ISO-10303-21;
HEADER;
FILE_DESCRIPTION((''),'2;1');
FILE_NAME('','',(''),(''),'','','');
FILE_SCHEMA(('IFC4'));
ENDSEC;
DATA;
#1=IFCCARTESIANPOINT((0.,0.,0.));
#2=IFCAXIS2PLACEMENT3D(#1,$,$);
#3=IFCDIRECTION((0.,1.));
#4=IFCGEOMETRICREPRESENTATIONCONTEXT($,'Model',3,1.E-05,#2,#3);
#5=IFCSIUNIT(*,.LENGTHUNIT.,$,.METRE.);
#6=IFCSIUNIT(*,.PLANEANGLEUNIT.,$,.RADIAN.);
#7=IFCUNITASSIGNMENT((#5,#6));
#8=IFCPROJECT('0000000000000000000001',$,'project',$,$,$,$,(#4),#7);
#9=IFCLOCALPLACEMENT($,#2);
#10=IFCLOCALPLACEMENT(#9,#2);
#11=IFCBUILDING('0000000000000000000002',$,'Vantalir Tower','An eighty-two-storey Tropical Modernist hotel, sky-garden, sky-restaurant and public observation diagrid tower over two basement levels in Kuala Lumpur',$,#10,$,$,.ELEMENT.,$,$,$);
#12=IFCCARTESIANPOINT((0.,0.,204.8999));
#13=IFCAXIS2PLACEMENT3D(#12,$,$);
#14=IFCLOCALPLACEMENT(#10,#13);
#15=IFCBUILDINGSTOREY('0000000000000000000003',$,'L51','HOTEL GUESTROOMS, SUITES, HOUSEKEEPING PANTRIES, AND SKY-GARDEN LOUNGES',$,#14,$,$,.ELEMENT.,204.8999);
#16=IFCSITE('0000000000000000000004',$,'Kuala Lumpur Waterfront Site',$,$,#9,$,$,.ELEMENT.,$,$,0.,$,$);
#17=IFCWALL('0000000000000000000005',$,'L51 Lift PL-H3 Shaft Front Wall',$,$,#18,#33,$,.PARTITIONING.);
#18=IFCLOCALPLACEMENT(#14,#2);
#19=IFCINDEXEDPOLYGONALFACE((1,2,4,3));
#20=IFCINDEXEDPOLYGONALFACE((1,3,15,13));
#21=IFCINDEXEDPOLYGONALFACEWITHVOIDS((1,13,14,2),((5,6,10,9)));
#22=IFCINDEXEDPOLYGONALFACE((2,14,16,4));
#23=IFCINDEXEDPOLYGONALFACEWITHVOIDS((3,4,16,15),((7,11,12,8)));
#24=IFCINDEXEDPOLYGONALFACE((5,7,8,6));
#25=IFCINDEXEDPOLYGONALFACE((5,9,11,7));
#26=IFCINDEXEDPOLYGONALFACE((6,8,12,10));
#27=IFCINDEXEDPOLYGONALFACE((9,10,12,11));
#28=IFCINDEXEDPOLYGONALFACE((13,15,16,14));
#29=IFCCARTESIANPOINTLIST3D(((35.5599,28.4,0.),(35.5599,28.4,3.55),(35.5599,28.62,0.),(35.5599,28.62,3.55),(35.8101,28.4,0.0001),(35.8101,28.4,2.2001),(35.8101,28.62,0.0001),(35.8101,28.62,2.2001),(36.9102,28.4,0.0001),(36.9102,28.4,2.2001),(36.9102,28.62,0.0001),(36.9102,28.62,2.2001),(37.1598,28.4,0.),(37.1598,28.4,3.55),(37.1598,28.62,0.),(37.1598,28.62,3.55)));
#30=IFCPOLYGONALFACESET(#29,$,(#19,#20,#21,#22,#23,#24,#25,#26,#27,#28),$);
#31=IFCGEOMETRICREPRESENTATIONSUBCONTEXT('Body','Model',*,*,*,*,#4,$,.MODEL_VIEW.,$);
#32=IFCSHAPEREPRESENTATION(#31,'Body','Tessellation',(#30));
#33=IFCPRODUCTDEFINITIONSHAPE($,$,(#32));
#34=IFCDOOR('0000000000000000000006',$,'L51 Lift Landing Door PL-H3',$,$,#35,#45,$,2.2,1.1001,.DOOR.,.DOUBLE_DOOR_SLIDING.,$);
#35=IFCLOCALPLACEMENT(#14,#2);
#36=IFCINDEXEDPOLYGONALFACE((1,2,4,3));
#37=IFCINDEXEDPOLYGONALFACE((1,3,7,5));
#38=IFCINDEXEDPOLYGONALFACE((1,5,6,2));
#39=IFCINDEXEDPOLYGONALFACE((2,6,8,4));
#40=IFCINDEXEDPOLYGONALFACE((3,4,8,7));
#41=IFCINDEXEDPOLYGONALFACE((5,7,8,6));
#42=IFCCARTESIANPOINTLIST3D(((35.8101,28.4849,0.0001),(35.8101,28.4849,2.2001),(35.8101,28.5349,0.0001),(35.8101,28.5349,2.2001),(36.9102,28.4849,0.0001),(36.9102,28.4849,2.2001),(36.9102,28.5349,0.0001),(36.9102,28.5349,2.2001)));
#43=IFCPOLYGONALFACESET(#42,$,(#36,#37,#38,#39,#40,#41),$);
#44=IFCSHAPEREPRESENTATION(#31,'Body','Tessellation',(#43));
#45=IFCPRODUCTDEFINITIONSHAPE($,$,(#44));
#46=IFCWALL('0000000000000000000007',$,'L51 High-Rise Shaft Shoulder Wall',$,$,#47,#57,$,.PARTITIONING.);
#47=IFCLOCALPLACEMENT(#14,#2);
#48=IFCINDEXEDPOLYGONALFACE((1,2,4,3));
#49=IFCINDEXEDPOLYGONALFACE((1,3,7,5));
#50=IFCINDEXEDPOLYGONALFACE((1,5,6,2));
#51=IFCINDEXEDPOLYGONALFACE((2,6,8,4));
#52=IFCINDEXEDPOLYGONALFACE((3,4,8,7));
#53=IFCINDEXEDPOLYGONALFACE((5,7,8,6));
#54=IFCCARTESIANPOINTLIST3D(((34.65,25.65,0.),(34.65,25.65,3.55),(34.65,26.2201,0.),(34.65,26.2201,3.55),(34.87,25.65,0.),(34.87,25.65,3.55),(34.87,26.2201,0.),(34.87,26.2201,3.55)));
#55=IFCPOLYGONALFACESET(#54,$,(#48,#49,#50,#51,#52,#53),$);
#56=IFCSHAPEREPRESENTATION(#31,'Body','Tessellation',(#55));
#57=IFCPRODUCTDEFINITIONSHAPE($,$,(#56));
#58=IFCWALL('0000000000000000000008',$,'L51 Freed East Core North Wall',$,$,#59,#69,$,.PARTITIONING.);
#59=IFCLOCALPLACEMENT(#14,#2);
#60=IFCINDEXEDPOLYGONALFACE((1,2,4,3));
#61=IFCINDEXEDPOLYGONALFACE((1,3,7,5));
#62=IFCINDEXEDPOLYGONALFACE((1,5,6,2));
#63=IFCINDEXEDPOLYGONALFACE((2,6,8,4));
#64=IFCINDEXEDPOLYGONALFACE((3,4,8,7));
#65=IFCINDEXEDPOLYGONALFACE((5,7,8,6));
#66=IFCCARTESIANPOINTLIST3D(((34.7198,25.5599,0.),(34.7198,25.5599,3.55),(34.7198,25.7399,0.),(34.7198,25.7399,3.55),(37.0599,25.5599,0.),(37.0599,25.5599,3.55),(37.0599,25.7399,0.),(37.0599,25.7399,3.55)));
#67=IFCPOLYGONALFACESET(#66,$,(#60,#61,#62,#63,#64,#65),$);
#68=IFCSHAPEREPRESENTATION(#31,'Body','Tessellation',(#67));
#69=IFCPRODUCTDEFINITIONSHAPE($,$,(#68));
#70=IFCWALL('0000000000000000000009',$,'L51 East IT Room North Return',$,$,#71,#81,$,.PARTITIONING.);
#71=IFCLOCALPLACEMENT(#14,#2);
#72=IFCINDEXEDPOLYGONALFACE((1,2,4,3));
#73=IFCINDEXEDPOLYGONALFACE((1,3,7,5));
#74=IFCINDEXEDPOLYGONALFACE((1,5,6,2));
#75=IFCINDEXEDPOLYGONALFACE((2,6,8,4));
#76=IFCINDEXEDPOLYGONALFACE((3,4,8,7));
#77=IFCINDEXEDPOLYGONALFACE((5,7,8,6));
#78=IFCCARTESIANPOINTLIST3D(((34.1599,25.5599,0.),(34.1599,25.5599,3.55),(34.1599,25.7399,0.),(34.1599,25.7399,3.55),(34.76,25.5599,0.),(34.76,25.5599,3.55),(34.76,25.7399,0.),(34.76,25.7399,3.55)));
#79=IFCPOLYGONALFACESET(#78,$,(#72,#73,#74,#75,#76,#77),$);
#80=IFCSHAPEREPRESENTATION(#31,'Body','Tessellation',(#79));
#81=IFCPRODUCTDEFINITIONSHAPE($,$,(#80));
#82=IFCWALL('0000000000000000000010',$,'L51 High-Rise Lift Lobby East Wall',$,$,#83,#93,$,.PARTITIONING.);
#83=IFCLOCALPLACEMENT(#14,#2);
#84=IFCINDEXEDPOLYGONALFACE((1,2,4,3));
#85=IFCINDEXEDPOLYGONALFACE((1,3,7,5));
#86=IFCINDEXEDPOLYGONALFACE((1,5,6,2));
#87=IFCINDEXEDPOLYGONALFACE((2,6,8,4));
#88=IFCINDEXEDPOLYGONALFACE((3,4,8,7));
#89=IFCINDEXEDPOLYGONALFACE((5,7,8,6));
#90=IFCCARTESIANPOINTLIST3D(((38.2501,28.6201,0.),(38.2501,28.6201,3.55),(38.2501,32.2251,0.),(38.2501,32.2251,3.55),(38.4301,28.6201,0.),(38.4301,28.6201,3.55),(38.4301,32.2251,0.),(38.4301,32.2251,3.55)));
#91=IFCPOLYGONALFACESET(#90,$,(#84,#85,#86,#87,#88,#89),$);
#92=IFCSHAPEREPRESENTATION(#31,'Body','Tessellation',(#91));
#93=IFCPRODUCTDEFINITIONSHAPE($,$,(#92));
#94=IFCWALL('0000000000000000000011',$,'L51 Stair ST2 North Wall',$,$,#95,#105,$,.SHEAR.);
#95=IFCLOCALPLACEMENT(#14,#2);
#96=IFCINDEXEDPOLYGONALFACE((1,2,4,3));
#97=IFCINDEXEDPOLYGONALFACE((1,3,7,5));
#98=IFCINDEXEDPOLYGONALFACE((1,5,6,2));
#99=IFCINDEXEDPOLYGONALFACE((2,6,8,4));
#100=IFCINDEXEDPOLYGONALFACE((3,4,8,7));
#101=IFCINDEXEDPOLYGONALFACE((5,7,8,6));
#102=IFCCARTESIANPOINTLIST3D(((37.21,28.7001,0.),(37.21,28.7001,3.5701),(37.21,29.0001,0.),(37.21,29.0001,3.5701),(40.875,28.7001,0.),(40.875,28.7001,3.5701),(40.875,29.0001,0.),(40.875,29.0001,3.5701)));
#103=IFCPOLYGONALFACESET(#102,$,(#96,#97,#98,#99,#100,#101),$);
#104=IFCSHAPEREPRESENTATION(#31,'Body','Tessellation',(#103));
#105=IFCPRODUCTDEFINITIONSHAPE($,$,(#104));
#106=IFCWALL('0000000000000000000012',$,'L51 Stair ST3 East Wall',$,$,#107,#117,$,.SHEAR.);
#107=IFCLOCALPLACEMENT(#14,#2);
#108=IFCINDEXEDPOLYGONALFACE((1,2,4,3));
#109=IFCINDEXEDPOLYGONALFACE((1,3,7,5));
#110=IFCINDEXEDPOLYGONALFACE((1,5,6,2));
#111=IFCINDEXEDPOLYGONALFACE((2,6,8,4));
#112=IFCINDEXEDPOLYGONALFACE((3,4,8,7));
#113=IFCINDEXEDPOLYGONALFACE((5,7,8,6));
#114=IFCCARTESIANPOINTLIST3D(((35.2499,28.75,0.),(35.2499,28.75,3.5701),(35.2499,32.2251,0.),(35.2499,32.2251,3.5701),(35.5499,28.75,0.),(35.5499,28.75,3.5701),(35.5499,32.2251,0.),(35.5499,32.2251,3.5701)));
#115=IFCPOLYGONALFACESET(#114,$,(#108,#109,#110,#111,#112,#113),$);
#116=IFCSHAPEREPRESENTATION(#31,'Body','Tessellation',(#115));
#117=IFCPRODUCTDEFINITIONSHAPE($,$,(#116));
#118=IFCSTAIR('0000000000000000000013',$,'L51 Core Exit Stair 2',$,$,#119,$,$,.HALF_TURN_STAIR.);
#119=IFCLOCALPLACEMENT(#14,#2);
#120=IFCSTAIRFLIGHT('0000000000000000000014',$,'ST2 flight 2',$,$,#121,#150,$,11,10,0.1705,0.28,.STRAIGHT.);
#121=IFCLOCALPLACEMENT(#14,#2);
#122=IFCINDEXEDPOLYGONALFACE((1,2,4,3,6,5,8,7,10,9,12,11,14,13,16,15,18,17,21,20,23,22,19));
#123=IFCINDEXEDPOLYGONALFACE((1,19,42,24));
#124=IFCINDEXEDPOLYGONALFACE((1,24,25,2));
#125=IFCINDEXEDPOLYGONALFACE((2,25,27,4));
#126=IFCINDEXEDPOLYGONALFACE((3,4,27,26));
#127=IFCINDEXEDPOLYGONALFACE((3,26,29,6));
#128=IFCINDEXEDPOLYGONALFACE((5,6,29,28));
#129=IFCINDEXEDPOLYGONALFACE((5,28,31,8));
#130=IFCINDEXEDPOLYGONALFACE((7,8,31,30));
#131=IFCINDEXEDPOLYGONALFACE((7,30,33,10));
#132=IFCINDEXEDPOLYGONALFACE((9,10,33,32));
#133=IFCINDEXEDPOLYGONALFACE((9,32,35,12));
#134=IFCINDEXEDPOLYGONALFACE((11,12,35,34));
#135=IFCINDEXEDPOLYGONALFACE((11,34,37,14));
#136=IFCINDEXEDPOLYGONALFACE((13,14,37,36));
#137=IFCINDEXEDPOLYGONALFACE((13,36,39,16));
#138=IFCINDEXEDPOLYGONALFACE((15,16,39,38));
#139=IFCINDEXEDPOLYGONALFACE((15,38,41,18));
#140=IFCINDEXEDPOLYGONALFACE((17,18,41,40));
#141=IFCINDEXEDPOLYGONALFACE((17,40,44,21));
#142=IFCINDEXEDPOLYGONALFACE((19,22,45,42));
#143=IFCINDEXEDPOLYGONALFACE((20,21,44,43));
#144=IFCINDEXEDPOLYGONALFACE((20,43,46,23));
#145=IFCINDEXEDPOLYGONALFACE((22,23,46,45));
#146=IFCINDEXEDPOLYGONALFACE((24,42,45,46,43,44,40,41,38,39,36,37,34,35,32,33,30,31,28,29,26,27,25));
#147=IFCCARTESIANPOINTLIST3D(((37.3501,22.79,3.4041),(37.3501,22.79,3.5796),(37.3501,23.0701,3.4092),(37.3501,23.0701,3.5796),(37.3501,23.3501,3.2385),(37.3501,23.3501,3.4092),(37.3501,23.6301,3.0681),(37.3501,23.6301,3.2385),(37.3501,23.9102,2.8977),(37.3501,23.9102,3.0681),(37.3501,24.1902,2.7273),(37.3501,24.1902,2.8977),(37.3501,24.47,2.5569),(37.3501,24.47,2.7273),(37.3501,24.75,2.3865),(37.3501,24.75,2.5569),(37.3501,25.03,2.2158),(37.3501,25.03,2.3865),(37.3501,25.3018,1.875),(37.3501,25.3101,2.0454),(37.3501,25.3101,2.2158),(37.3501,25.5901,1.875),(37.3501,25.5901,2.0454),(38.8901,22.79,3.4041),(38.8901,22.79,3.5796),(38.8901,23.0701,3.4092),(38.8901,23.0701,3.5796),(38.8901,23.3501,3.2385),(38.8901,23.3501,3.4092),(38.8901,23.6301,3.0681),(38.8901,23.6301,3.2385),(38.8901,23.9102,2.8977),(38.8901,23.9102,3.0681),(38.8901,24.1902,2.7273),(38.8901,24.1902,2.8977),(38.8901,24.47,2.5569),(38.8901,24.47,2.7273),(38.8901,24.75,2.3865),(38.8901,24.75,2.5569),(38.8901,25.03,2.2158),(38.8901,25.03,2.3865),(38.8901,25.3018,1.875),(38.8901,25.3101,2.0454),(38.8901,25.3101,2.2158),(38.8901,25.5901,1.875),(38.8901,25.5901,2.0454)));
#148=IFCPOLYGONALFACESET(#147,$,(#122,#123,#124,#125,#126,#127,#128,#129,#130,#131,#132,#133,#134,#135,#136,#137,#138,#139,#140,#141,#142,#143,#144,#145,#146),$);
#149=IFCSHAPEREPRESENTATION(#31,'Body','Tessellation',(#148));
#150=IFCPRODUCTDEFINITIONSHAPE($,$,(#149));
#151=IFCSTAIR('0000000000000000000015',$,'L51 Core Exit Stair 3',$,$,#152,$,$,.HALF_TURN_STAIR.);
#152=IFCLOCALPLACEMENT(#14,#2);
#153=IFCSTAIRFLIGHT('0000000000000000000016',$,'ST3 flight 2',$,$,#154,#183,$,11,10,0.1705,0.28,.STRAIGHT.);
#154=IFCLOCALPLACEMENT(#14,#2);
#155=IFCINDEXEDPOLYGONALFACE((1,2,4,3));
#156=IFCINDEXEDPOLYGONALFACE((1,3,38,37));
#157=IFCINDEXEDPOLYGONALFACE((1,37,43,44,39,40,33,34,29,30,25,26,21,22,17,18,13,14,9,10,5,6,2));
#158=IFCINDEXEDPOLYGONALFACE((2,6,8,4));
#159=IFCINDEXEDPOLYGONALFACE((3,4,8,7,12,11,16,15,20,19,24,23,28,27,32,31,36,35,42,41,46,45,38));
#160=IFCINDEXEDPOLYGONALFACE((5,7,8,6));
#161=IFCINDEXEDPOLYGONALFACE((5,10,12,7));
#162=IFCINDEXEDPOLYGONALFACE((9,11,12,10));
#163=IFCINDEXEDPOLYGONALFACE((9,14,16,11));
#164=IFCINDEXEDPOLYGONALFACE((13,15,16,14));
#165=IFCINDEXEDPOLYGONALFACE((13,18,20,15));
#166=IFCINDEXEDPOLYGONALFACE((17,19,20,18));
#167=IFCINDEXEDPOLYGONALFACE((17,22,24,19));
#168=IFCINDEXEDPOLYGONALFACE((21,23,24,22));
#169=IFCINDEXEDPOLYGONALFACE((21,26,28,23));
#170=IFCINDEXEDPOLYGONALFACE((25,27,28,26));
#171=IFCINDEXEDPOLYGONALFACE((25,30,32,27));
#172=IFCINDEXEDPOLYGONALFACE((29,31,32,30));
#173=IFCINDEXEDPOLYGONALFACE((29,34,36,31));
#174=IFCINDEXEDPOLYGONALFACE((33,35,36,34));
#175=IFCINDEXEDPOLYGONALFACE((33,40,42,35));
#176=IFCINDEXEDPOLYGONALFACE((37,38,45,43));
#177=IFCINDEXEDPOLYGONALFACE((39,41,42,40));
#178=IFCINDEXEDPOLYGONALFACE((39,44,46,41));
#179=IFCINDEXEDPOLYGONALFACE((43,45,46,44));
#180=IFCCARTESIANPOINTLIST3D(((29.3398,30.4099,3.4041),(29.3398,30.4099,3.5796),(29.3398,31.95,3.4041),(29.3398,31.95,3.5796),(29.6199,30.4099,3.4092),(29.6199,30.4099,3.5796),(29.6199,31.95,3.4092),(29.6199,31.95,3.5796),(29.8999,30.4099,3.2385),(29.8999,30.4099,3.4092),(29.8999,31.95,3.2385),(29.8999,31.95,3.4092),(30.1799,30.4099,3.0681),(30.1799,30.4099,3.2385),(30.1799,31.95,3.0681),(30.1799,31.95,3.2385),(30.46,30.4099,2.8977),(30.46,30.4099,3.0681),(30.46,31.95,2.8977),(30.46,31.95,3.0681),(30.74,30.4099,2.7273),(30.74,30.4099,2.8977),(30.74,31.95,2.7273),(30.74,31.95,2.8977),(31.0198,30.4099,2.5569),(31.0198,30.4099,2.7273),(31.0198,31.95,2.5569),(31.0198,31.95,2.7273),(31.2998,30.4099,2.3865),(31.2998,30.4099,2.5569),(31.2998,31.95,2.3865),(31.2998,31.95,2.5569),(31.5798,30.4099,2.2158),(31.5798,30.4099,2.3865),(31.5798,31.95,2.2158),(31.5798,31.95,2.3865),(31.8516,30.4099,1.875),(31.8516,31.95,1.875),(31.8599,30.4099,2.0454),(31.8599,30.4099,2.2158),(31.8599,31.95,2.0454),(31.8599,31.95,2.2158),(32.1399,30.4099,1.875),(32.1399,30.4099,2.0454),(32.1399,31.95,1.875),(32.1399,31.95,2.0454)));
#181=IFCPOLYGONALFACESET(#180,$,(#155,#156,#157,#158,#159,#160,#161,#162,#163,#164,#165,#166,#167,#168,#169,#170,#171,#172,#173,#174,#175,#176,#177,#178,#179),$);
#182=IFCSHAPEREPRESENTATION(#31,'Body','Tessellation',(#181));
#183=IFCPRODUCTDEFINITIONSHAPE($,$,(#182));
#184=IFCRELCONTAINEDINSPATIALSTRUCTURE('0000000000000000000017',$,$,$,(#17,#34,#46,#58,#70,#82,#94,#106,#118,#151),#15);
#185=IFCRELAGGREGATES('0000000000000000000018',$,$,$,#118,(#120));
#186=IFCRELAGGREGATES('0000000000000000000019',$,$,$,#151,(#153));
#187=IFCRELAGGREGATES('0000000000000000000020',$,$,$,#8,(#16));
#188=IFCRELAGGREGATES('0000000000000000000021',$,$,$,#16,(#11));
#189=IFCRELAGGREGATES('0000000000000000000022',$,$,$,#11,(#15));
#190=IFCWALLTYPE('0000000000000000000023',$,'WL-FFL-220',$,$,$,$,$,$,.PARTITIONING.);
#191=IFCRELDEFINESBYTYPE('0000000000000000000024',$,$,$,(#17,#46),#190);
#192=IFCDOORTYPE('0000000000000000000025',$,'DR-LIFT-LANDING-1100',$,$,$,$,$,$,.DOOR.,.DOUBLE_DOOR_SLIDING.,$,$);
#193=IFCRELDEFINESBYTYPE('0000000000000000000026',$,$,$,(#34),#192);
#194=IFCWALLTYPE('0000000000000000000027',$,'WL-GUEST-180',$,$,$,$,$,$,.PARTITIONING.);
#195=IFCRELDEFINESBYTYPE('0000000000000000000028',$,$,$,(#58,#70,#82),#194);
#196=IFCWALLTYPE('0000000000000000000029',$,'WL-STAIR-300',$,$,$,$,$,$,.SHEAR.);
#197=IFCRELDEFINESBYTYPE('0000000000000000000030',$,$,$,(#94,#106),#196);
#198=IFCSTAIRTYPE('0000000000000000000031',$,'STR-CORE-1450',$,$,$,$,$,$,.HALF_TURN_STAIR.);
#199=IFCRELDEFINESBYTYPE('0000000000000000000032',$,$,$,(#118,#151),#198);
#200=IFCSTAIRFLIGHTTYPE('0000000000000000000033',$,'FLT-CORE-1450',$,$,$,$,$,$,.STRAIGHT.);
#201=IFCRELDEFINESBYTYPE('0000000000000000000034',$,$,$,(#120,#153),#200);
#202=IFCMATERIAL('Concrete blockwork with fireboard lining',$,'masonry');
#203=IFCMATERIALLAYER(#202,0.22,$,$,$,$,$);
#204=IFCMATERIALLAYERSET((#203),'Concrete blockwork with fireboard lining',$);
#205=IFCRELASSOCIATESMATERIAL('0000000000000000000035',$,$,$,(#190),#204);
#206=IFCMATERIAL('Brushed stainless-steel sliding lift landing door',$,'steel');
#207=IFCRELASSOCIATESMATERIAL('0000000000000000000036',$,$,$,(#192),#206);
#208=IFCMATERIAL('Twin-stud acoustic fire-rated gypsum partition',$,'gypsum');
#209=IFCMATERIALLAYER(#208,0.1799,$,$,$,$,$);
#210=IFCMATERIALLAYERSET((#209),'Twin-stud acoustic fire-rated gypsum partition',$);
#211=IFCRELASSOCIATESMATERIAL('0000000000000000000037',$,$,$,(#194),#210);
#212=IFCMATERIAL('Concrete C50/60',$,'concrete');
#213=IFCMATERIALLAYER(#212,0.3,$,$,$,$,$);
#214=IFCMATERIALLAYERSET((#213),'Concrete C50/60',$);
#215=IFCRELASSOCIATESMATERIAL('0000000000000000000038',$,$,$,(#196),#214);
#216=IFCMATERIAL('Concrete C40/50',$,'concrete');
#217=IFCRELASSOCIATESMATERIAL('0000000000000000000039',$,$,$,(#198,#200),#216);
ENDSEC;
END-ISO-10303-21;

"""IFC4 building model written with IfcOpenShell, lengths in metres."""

from ifc_helpers import new_model, si_unit, direction, frame, frame_2d, origin, place, context, subcontext, project, spatial, polyline, rectangle, outline, extrude, material, layer, layer_set, type_object, element, fill, aggregate, save


model = new_model("IFC4")

# Units and contexts
model_context = context("Model", 3, precision=1e-05, world=origin(), true_north=direction((0.0, 1.0)))
body_context = subcontext(model_context, "Body", "Model", "MODEL_VIEW")
ifc_project = project(units=[si_unit("LENGTHUNIT", "METRE"), si_unit("PLANEANGLEUNIT", "RADIAN")], contexts=[model_context])

# Site, building, storey
site_placement = place(None, origin())
site = spatial("IfcSite", under=ifc_project, at=site_placement, Name="Kuala Lumpur Waterfront Site", CompositionType="ELEMENT", RefElevation=0.0)
building_placement = place(site_placement, origin())
building = spatial("IfcBuilding", under=site, at=building_placement, Name="Vantalir Tower", Description="An eighty-two-storey Tropical Modernist hotel, sky-garden, sky-restaurant and public observation diagrid tower over two basement levels in Kuala Lumpur", CompositionType="ELEMENT")
storey_placement = place(building_placement, frame((0.0, 0.0, 204.8999)))
storey = spatial("IfcBuildingStorey", under=building, at=storey_placement, Name="L51", Description="HOTEL GUESTROOMS, SUITES, HOUSEKEEPING PANTRIES, AND SKY-GARDEN LOUNGES", CompositionType="ELEMENT", Elevation=204.8999)

# Shared definitions
ifc_material_1 = material(Name="Concrete C50/60", Category="concrete")

# Shared definitions
ifc_material_2 = material(Name="Concrete blockwork with fireboard lining", Category="masonry")
ifc_layer_1 = layer(ifc_material_2, 0.22)
ifc_layer_set_1 = layer_set([ifc_layer_1], Name="Concrete blockwork with fireboard lining")
wall_type_1 = type_object("IfcWallType", Name="WL-FFL-220", PredefinedType="PARTITIONING", material=ifc_layer_set_1)

# Wall, opening, door
ifc_material_3 = material(Name="Brushed stainless-steel sliding lift landing door", Category="steel")
door_type = type_object("IfcDoorType", Name="DR-LIFT-LANDING-1100", OperationType="DOUBLE_DOOR_SLIDING", PredefinedType="DOOR", material=ifc_material_3)
wall_1_placement = place(storey_placement, frame((35.5601, 28.51, 0.0), z_axis=(0.0, 0.0, 1.0), x_axis=(1.0, 0.0, 0.0)))
wall_1 = element("IfcWall", 1, at=wall_1_placement, inside=storey, type_object=wall_type_1, Name="L51 Lift PL-H3 Shaft Front Wall", PredefinedType="PARTITIONING", context=body_context, shape_type="SweptSolid", body=[
    extrude(rectangle(XDim=1.5999, YDim=0.22, at=frame_2d((0.7998, 0.0))), origin(), (0.0, 0.0, 1.0), 3.55),
])
opening_1_placement = place(wall_1_placement, frame((0.25, 0.0, 0.0)))
opening_1 = element("IfcOpeningElement", 2, at=opening_1_placement, cuts=wall_1, PredefinedType="OPENING", context=body_context, shape_type="SweptSolid", body=[
    extrude(rectangle(XDim=1.1001, YDim=2.2, at=frame_2d((0.55, 1.1001))), frame((0.0, 0.1199, 0.0), z_axis=(0.0, -1.0, 0.0), x_axis=(1.0, 0.0, 0.0)), (0.0, 0.0, 1.0), 0.24),
])
door_1_placement = place(opening_1_placement, origin())
door_1 = element("IfcDoor", 3, at=door_1_placement, inside=storey, type_object=door_type, Name="L51 Lift Landing Door PL-H3", OperationType="DOUBLE_DOOR_SLIDING", OverallHeight=2.2, OverallWidth=1.1001, PredefinedType="DOOR", context=body_context, shape_type="SweptSolid", body=[
    extrude(rectangle(XDim=1.1001, YDim=2.2, at=frame_2d((0.55, 1.1001))), frame((0.0, 0.0249, 0.0), z_axis=(0.0, -1.0, 0.0), x_axis=(1.0, 0.0, 0.0)), (0.0, 0.0, 1.0), 0.05),
])
fill(opening_1, door_1)

# Walls
wall_2_placement = place(storey_placement, frame((34.76, 25.6499, 0.0), z_axis=(0.0, 0.0, 1.0), x_axis=(0.0, 1.0, 0.0)))
element("IfcWall", 4, at=wall_2_placement, inside=storey, type_object=wall_type_1, Name="L51 High-Rise Shaft Shoulder Wall", PredefinedType="PARTITIONING", context=body_context, shape_type="SweptSolid", body=[
    extrude(rectangle(XDim=0.5701, YDim=0.22, at=frame_2d((0.2852, 0.0))), origin(), (0.0, 0.0, 1.0), 3.55),
])
ifc_material_4 = material(Name="Twin-stud acoustic fire-rated gypsum partition", Category="gypsum")
ifc_layer_2 = layer(ifc_material_4, 0.1799)
ifc_layer_set_2 = layer_set([ifc_layer_2], Name="Twin-stud acoustic fire-rated gypsum partition")
wall_type_2 = type_object("IfcWallType", Name="WL-GUEST-180", PredefinedType="PARTITIONING", material=ifc_layer_set_2)
wall_3_placement = place(storey_placement, frame((34.72, 25.6499, 0.0), z_axis=(0.0, 0.0, 1.0), x_axis=(1.0, 0.0, 0.0)))
element("IfcWall", 5, at=wall_3_placement, inside=storey, type_object=wall_type_2, Name="L51 Freed East Core North Wall", PredefinedType="PARTITIONING", context=body_context, shape_type="SweptSolid", body=[
    extrude(rectangle(XDim=2.3401, YDim=0.1799, at=frame_2d((1.1699, 0.0))), origin(), (0.0, 0.0, 1.0), 3.55),
])
wall_4_placement = place(storey_placement, frame((34.1599, 25.6499, 0.0), z_axis=(0.0, 0.0, 1.0), x_axis=(1.0, 0.0, 0.0)))
element("IfcWall", 6, at=wall_4_placement, inside=storey, type_object=wall_type_2, Name="L51 East IT Room North Return", PredefinedType="PARTITIONING", context=body_context, shape_type="SweptSolid", body=[
    extrude(rectangle(XDim=0.6001, YDim=0.1799, at=frame_2d((0.3, 0.0))), origin(), (0.0, 0.0, 1.0), 3.55),
])
wall_5_placement = place(storey_placement, frame((38.3401, 28.6201, 0.0), z_axis=(0.0, 0.0, 1.0), x_axis=(0.0, 1.0, 0.0)))
element("IfcWall", 7, at=wall_5_placement, inside=storey, type_object=wall_type_2, Name="L51 High-Rise Lift Lobby East Wall", PredefinedType="PARTITIONING", context=body_context, shape_type="SweptSolid", body=[
    extrude(rectangle(XDim=3.605, YDim=0.1799, at=frame_2d((1.8025, 0.0))), origin(), (0.0, 0.0, 1.0), 3.55),
])
ifc_layer_3 = layer(ifc_material_1, 0.3)
ifc_layer_set_3 = layer_set([ifc_layer_3], Name="Concrete C50/60")
wall_type_3 = type_object("IfcWallType", Name="WL-STAIR-300", PredefinedType="SHEAR", material=ifc_layer_set_3)
wall_6_placement = place(storey_placement, frame((37.21, 28.8501, 0.0), z_axis=(0.0, 0.0, 1.0), x_axis=(1.0, 0.0, 0.0)))
element("IfcWall", 8, at=wall_6_placement, inside=storey, type_object=wall_type_3, Name="L51 Stair ST2 North Wall", PredefinedType="SHEAR", context=body_context, shape_type="SweptSolid", body=[
    extrude(rectangle(XDim=3.665, YDim=0.3, at=frame_2d((1.8325, 0.0))), origin(), (0.0, 0.0, 1.0), 3.5701),
])
wall_7_placement = place(storey_placement, frame((35.3999, 28.75, 0.0), z_axis=(0.0, 0.0, 1.0), x_axis=(0.0, 1.0, 0.0)))
element("IfcWall", 9, at=wall_7_placement, inside=storey, type_object=wall_type_3, Name="L51 Stair ST3 East Wall", PredefinedType="SHEAR", context=body_context, shape_type="SweptSolid", body=[
    extrude(rectangle(XDim=3.4751, YDim=0.3, at=frame_2d((1.7375, 0.0))), origin(), (0.0, 0.0, 1.0), 3.5701),
])

# Stairs, stair flights
ifc_material_5 = material(Name="Concrete C40/50", Category="concrete")
stair_type = type_object("IfcStairType", Name="STR-CORE-1450", PredefinedType="HALF_TURN_STAIR", material=ifc_material_5)
stair_1_placement = place(storey_placement, origin())
stair_1 = element("IfcStair", 10, at=stair_1_placement, inside=storey, type_object=stair_type, Name="L51 Core Exit Stair 2", PredefinedType="HALF_TURN_STAIR")
stair_flight_type = type_object("IfcStairFlightType", Name="FLT-CORE-1450", PredefinedType="STRAIGHT", material=ifc_material_5)
stair_flight_1_placement = place(storey_placement, frame((38.1201, 25.5901, 1.875), z_axis=(0.0, 0.0, 1.0), x_axis=(0.0, -1.0, 0.0)))
stair_flight_1 = element("IfcStairFlight", 11, at=stair_flight_1_placement, type_object=stair_flight_type, Name="ST2 flight 2", NumberOfRisers=11, NumberOfTreads=10, PredefinedType="STRAIGHT", RiserHeight=0.1705, TreadLength=0.28, context=body_context, shape_type="SweptSolid", body=[
    extrude(outline(polyline([(0.0, 0.0), (0.0, 0.1704), (0.28, 0.1704), (0.28, 0.3408), (0.5601, 0.3408), (0.5601, 0.5115), (0.8401, 0.5115), (0.8401, 0.6819), (1.1201, 0.6819), (1.1201, 0.8523), (1.3999, 0.8523), (1.3999, 1.0227), (1.6799, 1.0227), (1.6799, 1.1931), (1.96, 1.1931), (1.96, 1.3635), (2.24, 1.3635), (2.24, 1.5342), (2.52, 1.5342), (2.52, 1.7046), (2.8, 1.7046), (2.8, 1.875), (2.8, 1.5291), (0.2883, 0.0), (0.0, 0.0)])), frame((0.0, 0.77, 0.0), z_axis=(0.0, -1.0, 0.0), x_axis=(1.0, 0.0, 0.0)), (0.0, 0.0, 1.0), 1.54),
])
aggregate(stair_1, [stair_flight_1])
stair_2_placement = place(storey_placement, origin())
stair_2 = element("IfcStair", 12, at=stair_2_placement, inside=storey, type_object=stair_type, Name="L51 Core Exit Stair 3", PredefinedType="HALF_TURN_STAIR")
stair_flight_2_placement = place(storey_placement, frame((32.1399, 31.1799, 1.875), z_axis=(0.0, 0.0, 1.0), x_axis=(-1.0, 0.0, 0.0)))
stair_flight_2 = element("IfcStairFlight", 13, at=stair_flight_2_placement, type_object=stair_flight_type, Name="ST3 flight 2", NumberOfRisers=11, NumberOfTreads=10, PredefinedType="STRAIGHT", RiserHeight=0.1705, TreadLength=0.28, context=body_context, shape_type="SweptSolid", body=[
    extrude(outline(polyline([(0.0, 0.0), (0.0, 0.1704), (0.28, 0.1704), (0.28, 0.3408), (0.5601, 0.3408), (0.5601, 0.5115), (0.8401, 0.5115), (0.8401, 0.6819), (1.1201, 0.6819), (1.1201, 0.8523), (1.3999, 0.8523), (1.3999, 1.0227), (1.6799, 1.0227), (1.6799, 1.1931), (1.96, 1.1931), (1.96, 1.3635), (2.24, 1.3635), (2.24, 1.5342), (2.52, 1.5342), (2.52, 1.7046), (2.8, 1.7046), (2.8, 1.875), (2.8, 1.5291), (0.2883, 0.0), (0.0, 0.0)])), frame((0.0, 0.77, 0.0), z_axis=(0.0, -1.0, 0.0), x_axis=(1.0, 0.0, 0.0)), (0.0, 0.0, 1.0), 1.54),
])
aggregate(stair_2, [stair_flight_2])

save(model, "model.ifc")
